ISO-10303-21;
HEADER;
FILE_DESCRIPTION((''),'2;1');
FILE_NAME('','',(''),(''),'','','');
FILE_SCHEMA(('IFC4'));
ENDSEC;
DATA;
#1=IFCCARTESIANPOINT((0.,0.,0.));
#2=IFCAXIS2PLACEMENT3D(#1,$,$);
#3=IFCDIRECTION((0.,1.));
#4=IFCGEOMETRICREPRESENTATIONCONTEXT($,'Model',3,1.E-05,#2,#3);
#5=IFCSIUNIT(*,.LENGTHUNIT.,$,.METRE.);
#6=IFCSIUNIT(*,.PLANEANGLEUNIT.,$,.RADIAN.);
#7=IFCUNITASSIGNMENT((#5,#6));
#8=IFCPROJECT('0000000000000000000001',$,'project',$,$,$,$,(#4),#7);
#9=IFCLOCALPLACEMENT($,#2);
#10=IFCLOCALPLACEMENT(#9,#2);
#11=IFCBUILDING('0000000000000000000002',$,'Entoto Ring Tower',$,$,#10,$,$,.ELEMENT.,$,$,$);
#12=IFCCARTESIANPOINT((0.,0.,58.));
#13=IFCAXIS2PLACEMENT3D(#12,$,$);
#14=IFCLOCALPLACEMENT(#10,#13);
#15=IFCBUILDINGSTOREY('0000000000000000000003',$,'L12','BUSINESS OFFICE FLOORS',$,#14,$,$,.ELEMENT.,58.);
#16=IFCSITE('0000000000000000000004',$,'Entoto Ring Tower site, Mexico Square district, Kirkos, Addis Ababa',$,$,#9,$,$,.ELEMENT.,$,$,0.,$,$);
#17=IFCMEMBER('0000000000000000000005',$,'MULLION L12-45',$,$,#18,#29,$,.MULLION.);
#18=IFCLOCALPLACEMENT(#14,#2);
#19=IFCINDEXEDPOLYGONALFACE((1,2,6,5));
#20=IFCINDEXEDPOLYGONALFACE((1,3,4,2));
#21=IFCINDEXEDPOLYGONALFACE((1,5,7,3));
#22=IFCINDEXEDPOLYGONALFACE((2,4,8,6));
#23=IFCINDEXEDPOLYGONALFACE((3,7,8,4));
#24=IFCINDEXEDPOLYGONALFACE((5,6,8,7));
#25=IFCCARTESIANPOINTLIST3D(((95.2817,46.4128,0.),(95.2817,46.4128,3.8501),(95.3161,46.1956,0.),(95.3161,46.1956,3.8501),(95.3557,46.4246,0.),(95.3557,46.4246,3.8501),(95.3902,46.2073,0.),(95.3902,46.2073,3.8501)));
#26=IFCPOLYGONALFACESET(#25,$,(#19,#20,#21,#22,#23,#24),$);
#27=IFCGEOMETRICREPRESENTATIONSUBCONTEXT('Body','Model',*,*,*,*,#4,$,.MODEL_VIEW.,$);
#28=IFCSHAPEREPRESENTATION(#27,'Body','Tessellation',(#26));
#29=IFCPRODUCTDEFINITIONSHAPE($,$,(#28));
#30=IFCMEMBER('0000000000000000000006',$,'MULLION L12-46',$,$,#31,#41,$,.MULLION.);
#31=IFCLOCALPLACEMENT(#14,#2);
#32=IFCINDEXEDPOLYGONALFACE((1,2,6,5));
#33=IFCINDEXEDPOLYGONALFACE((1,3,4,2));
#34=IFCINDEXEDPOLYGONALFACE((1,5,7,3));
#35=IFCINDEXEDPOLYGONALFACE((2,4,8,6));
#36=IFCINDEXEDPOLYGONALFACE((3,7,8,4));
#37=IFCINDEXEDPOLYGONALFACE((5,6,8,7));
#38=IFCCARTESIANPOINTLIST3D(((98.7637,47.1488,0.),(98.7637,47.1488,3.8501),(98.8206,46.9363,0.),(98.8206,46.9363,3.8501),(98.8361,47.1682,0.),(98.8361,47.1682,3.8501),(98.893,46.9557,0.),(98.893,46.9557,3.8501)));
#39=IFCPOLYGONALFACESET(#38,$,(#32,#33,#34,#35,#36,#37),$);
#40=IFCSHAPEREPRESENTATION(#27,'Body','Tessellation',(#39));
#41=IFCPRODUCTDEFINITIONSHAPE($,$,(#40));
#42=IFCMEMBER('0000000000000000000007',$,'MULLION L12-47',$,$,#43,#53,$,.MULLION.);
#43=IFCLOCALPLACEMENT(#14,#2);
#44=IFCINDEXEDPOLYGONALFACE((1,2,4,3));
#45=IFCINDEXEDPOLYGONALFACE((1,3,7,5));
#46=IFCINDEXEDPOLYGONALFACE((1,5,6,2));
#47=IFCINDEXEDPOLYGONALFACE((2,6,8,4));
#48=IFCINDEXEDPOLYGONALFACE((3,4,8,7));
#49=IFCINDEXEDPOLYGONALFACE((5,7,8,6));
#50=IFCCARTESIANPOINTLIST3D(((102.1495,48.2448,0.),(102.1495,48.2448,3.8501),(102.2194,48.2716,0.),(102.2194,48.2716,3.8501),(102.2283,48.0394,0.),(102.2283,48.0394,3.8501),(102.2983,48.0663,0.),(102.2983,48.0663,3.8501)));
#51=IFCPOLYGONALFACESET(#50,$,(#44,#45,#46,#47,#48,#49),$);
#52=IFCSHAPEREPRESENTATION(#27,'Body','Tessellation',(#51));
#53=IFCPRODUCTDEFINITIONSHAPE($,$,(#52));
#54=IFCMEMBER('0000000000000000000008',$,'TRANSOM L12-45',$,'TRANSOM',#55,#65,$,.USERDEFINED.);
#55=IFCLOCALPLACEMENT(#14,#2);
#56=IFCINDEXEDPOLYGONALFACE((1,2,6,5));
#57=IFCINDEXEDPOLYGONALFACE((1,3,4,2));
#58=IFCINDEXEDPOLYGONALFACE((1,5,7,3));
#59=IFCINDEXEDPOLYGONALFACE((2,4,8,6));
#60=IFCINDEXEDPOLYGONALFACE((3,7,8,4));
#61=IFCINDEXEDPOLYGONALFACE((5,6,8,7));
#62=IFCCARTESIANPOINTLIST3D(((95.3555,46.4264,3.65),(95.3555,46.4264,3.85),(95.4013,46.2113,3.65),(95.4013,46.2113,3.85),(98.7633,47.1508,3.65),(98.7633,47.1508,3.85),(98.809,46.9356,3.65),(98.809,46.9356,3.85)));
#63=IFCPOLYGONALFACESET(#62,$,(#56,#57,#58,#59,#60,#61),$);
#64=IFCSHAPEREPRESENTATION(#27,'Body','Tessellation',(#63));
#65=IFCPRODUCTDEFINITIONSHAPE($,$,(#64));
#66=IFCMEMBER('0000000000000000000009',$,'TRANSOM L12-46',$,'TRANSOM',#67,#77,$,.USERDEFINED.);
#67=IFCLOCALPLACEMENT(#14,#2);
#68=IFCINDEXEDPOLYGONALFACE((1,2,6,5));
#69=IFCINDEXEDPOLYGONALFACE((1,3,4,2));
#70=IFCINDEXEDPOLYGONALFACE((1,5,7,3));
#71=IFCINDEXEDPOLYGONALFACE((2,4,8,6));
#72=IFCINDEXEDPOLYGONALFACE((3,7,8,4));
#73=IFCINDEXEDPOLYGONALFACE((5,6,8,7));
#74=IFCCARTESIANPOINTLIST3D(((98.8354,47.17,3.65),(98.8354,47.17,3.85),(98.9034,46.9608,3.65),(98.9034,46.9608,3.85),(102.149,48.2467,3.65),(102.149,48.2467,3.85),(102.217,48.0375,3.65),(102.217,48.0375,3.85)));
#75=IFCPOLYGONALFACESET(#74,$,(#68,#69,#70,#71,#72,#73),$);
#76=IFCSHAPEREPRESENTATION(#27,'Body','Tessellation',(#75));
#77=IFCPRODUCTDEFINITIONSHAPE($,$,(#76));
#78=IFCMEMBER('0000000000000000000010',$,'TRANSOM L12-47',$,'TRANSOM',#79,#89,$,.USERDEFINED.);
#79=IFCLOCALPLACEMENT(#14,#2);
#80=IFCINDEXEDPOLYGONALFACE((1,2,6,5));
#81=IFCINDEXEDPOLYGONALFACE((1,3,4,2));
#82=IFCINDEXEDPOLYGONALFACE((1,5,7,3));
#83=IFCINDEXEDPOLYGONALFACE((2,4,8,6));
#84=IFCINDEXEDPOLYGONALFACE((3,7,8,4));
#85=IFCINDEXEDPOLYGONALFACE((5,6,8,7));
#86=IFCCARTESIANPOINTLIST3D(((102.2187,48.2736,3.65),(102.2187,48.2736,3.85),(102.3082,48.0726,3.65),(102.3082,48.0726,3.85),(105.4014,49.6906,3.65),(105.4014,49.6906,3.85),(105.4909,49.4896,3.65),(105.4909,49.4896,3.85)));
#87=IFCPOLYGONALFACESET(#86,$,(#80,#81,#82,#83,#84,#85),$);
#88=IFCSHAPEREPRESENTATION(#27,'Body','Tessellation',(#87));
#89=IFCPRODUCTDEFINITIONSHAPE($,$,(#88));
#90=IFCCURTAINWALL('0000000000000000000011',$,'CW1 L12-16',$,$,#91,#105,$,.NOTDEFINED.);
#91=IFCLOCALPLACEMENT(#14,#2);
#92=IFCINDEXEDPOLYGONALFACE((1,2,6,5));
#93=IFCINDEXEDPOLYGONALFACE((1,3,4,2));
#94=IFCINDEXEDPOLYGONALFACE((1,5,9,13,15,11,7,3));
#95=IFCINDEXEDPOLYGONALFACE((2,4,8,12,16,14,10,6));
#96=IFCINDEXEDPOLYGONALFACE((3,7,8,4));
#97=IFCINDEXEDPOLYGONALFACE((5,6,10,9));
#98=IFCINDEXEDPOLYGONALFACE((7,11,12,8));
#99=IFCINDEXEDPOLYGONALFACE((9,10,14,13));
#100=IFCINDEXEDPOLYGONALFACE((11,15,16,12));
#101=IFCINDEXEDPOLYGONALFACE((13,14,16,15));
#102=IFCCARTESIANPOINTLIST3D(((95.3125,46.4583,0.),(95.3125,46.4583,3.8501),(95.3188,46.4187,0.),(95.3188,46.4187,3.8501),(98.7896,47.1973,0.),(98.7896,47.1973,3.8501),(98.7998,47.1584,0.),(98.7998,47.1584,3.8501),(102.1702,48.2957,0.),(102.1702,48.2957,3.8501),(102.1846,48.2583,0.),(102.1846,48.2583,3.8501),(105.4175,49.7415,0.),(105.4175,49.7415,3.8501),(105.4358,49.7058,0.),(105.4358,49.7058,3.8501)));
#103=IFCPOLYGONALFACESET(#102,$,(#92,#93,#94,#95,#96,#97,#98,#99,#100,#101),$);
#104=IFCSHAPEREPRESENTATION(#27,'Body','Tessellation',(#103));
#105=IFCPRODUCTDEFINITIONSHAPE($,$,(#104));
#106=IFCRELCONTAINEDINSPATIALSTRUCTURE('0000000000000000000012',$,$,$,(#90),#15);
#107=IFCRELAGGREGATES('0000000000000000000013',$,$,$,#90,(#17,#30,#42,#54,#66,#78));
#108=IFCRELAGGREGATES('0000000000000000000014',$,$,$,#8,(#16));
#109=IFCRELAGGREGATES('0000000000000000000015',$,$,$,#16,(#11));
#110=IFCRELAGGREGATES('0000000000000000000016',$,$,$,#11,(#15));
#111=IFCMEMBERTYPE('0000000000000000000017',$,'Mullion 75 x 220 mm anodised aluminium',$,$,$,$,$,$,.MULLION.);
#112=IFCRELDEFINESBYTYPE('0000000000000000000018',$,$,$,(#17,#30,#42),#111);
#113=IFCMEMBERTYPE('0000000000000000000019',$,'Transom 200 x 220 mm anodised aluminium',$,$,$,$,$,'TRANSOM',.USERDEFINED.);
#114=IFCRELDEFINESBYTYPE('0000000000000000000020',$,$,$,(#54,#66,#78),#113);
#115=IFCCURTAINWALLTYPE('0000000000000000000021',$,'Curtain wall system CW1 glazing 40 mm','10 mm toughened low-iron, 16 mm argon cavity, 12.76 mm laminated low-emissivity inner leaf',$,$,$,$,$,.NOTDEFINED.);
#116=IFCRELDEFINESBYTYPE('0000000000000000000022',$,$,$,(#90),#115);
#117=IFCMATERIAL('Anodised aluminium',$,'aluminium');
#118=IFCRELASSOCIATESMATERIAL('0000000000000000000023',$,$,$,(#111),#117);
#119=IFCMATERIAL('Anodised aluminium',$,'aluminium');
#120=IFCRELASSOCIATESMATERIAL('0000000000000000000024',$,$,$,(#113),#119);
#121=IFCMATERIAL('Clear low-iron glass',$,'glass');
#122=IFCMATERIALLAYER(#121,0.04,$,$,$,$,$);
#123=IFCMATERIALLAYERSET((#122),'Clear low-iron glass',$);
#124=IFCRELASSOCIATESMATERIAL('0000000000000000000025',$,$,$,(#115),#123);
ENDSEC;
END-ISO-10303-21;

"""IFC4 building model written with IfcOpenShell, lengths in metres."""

from ifc_helpers import new_model, si_unit, direction, frame, origin, origin_2d, place, context, subcontext, project, spatial, polyline, rectangle, outline, extrude, material, layer, layer_set, material_profile, profile_set, type_object, element, aggregate, save


model = new_model("IFC4")

# Units and contexts
model_context = context("Model", 3, precision=1e-05, world=origin(), true_north=direction((0.0, 1.0)))
body_context = subcontext(model_context, "Body", "Model", "MODEL_VIEW")
ifc_project = project(units=[si_unit("LENGTHUNIT", "METRE"), si_unit("PLANEANGLEUNIT", "RADIAN")], contexts=[model_context])

# Members
ifc_material_1 = material(Name="Anodised aluminium", Category="aluminium")
ifc_material_profile_1 = material_profile(ifc_material_1, rectangle(XDim=0.075, YDim=0.22, at=origin_2d()), Name="Mullion 75 x 220 mm anodised aluminium")
ifc_profile_set_1 = profile_set([ifc_material_profile_1], Name="Anodised aluminium")
member_type_1 = type_object("IfcMemberType", Name="Mullion 75 x 220 mm anodised aluminium", PredefinedType="MULLION", material=ifc_profile_set_1)
site_placement = place(None, origin())
building_placement = place(site_placement, origin())
storey_placement = place(building_placement, frame((0.0, 0.0, 58.0)))
member_1_placement = place(storey_placement, frame((95.3359, 46.3101, 0.0), z_axis=(0.0, 0.0, 1.0), x_axis=(0.987688, 0.156434, 0.0)))
member_1 = element("IfcMember", 1, at=member_1_placement, type_object=member_type_1, Name="MULLION L12-45", PredefinedType="MULLION", context=body_context, shape_type="SweptSolid", body=[
    extrude(rectangle(XDim=0.075, YDim=0.22, at=origin_2d()), origin(), (0.0, 0.0, 1.0), 3.8501),
])
member_2_placement = place(storey_placement, frame((98.8284, 47.0522, 0.0), z_axis=(0.0, 0.0, 1.0), x_axis=(0.965926, 0.258819, 0.0)))
member_2 = element("IfcMember", 2, at=member_2_placement, type_object=member_type_1, Name="MULLION L12-46", PredefinedType="MULLION", context=body_context, shape_type="SweptSolid", body=[
    extrude(rectangle(XDim=0.075, YDim=0.22, at=origin_2d()), origin(), (0.0, 0.0, 1.0), 3.8501),
])
member_3_placement = place(storey_placement, frame((102.2239, 48.1555, 0.0), z_axis=(0.0, 0.0, 1.0), x_axis=(0.93358, 0.358368, 0.0)))
member_3 = element("IfcMember", 3, at=member_3_placement, type_object=member_type_1, Name="MULLION L12-47", PredefinedType="MULLION", context=body_context, shape_type="SweptSolid", body=[
    extrude(rectangle(XDim=0.075, YDim=0.22, at=origin_2d()), origin(), (0.0, 0.0, 1.0), 3.8501),
])
ifc_material_2 = material(Name="Anodised aluminium", Category="aluminium")
ifc_material_profile_2 = material_profile(ifc_material_2, rectangle(XDim=0.22, YDim=0.2, at=origin_2d()), Name="Transom 200 x 220 mm anodised aluminium")
ifc_profile_set_2 = profile_set([ifc_material_profile_2], Name="Anodised aluminium")
member_type_2 = type_object("IfcMemberType", Name="Transom 200 x 220 mm anodised aluminium", ElementType="TRANSOM", PredefinedType="USERDEFINED", material=ifc_profile_set_2)
member_4_placement = place(storey_placement, frame((95.3784, 46.3188, 3.75), z_axis=(0.978146, 0.207921, 0.0), x_axis=(-0.207921, 0.978146, 0.0)))
member_4 = element("IfcMember", 4, at=member_4_placement, type_object=member_type_2, Name="TRANSOM L12-45", ObjectType="TRANSOM", PredefinedType="USERDEFINED", context=body_context, shape_type="SweptSolid", body=[
    extrude(rectangle(XDim=0.22, YDim=0.2, at=origin_2d()), origin(), (0.0, 0.0, 1.0), 3.4839),
])
member_5_placement = place(storey_placement, frame((98.8694, 47.0654, 3.75), z_axis=(0.951053, 0.309029, 0.0), x_axis=(-0.309029, 0.951053, 0.0)))
member_5 = element("IfcMember", 5, at=member_5_placement, type_object=member_type_2, Name="TRANSOM L12-46", ObjectType="TRANSOM", PredefinedType="USERDEFINED", context=body_context, shape_type="SweptSolid", body=[
    extrude(rectangle(XDim=0.22, YDim=0.2, at=origin_2d()), origin(), (0.0, 0.0, 1.0), 3.4841),
])
member_6_placement = place(storey_placement, frame((102.2634, 48.1731, 3.75), z_axis=(0.913545, 0.406737, 0.0), x_axis=(-0.406737, 0.913545, 0.0)))
member_6 = element("IfcMember", 6, at=member_6_placement, type_object=member_type_2, Name="TRANSOM L12-47", ObjectType="TRANSOM", PredefinedType="USERDEFINED", context=body_context, shape_type="SweptSolid", body=[
    extrude(rectangle(XDim=0.22, YDim=0.2, at=origin_2d()), origin(), (0.0, 0.0, 1.0), 3.4839),
])

# Site, building, storey
site = spatial("IfcSite", under=ifc_project, at=site_placement, Name="Entoto Ring Tower site, Mexico Square district, Kirkos, Addis Ababa", CompositionType="ELEMENT", RefElevation=0.0)
building = spatial("IfcBuilding", under=site, at=building_placement, Name="Entoto Ring Tower", CompositionType="ELEMENT")
storey = spatial("IfcBuildingStorey", under=building, at=storey_placement, Name="L12", Description="BUSINESS OFFICE FLOORS", CompositionType="ELEMENT", Elevation=58.0)

# Curtain wall
ifc_material_3 = material(Name="Clear low-iron glass", Category="glass")
ifc_layer_1 = layer(ifc_material_3, 0.04)
ifc_layer_set_1 = layer_set([ifc_layer_1], Name="Clear low-iron glass")
curtain_wall_type = type_object("IfcCurtainWallType", Name="Curtain wall system CW1 glazing 40 mm", Description="10 mm toughened low-iron, 16 mm argon cavity, 12.76 mm laminated low-emissivity inner leaf", PredefinedType="NOTDEFINED", material=ifc_layer_set_1)
curtain_wall_1_placement = place(storey_placement, origin())
curtain_wall_1 = element("IfcCurtainWall", 7, at=curtain_wall_1_placement, inside=storey, type_object=curtain_wall_type, Name="CW1 L12-16", PredefinedType="NOTDEFINED", context=body_context, shape_type="SweptSolid", body=[
    extrude(outline(polyline([(95.3188, 46.4187), (98.7998, 47.1584), (102.1846, 48.2583), (105.4358, 49.7058), (105.4175, 49.7415), (102.1702, 48.2957), (98.7896, 47.1973), (95.3125, 46.4583), (95.3188, 46.4187)])), origin(), (0.0, 0.0, 1.0), 3.8501),
])
aggregate(curtain_wall_1, [member_1, member_2, member_3, member_4, member_5, member_6])

save(model, "model.ifc")
